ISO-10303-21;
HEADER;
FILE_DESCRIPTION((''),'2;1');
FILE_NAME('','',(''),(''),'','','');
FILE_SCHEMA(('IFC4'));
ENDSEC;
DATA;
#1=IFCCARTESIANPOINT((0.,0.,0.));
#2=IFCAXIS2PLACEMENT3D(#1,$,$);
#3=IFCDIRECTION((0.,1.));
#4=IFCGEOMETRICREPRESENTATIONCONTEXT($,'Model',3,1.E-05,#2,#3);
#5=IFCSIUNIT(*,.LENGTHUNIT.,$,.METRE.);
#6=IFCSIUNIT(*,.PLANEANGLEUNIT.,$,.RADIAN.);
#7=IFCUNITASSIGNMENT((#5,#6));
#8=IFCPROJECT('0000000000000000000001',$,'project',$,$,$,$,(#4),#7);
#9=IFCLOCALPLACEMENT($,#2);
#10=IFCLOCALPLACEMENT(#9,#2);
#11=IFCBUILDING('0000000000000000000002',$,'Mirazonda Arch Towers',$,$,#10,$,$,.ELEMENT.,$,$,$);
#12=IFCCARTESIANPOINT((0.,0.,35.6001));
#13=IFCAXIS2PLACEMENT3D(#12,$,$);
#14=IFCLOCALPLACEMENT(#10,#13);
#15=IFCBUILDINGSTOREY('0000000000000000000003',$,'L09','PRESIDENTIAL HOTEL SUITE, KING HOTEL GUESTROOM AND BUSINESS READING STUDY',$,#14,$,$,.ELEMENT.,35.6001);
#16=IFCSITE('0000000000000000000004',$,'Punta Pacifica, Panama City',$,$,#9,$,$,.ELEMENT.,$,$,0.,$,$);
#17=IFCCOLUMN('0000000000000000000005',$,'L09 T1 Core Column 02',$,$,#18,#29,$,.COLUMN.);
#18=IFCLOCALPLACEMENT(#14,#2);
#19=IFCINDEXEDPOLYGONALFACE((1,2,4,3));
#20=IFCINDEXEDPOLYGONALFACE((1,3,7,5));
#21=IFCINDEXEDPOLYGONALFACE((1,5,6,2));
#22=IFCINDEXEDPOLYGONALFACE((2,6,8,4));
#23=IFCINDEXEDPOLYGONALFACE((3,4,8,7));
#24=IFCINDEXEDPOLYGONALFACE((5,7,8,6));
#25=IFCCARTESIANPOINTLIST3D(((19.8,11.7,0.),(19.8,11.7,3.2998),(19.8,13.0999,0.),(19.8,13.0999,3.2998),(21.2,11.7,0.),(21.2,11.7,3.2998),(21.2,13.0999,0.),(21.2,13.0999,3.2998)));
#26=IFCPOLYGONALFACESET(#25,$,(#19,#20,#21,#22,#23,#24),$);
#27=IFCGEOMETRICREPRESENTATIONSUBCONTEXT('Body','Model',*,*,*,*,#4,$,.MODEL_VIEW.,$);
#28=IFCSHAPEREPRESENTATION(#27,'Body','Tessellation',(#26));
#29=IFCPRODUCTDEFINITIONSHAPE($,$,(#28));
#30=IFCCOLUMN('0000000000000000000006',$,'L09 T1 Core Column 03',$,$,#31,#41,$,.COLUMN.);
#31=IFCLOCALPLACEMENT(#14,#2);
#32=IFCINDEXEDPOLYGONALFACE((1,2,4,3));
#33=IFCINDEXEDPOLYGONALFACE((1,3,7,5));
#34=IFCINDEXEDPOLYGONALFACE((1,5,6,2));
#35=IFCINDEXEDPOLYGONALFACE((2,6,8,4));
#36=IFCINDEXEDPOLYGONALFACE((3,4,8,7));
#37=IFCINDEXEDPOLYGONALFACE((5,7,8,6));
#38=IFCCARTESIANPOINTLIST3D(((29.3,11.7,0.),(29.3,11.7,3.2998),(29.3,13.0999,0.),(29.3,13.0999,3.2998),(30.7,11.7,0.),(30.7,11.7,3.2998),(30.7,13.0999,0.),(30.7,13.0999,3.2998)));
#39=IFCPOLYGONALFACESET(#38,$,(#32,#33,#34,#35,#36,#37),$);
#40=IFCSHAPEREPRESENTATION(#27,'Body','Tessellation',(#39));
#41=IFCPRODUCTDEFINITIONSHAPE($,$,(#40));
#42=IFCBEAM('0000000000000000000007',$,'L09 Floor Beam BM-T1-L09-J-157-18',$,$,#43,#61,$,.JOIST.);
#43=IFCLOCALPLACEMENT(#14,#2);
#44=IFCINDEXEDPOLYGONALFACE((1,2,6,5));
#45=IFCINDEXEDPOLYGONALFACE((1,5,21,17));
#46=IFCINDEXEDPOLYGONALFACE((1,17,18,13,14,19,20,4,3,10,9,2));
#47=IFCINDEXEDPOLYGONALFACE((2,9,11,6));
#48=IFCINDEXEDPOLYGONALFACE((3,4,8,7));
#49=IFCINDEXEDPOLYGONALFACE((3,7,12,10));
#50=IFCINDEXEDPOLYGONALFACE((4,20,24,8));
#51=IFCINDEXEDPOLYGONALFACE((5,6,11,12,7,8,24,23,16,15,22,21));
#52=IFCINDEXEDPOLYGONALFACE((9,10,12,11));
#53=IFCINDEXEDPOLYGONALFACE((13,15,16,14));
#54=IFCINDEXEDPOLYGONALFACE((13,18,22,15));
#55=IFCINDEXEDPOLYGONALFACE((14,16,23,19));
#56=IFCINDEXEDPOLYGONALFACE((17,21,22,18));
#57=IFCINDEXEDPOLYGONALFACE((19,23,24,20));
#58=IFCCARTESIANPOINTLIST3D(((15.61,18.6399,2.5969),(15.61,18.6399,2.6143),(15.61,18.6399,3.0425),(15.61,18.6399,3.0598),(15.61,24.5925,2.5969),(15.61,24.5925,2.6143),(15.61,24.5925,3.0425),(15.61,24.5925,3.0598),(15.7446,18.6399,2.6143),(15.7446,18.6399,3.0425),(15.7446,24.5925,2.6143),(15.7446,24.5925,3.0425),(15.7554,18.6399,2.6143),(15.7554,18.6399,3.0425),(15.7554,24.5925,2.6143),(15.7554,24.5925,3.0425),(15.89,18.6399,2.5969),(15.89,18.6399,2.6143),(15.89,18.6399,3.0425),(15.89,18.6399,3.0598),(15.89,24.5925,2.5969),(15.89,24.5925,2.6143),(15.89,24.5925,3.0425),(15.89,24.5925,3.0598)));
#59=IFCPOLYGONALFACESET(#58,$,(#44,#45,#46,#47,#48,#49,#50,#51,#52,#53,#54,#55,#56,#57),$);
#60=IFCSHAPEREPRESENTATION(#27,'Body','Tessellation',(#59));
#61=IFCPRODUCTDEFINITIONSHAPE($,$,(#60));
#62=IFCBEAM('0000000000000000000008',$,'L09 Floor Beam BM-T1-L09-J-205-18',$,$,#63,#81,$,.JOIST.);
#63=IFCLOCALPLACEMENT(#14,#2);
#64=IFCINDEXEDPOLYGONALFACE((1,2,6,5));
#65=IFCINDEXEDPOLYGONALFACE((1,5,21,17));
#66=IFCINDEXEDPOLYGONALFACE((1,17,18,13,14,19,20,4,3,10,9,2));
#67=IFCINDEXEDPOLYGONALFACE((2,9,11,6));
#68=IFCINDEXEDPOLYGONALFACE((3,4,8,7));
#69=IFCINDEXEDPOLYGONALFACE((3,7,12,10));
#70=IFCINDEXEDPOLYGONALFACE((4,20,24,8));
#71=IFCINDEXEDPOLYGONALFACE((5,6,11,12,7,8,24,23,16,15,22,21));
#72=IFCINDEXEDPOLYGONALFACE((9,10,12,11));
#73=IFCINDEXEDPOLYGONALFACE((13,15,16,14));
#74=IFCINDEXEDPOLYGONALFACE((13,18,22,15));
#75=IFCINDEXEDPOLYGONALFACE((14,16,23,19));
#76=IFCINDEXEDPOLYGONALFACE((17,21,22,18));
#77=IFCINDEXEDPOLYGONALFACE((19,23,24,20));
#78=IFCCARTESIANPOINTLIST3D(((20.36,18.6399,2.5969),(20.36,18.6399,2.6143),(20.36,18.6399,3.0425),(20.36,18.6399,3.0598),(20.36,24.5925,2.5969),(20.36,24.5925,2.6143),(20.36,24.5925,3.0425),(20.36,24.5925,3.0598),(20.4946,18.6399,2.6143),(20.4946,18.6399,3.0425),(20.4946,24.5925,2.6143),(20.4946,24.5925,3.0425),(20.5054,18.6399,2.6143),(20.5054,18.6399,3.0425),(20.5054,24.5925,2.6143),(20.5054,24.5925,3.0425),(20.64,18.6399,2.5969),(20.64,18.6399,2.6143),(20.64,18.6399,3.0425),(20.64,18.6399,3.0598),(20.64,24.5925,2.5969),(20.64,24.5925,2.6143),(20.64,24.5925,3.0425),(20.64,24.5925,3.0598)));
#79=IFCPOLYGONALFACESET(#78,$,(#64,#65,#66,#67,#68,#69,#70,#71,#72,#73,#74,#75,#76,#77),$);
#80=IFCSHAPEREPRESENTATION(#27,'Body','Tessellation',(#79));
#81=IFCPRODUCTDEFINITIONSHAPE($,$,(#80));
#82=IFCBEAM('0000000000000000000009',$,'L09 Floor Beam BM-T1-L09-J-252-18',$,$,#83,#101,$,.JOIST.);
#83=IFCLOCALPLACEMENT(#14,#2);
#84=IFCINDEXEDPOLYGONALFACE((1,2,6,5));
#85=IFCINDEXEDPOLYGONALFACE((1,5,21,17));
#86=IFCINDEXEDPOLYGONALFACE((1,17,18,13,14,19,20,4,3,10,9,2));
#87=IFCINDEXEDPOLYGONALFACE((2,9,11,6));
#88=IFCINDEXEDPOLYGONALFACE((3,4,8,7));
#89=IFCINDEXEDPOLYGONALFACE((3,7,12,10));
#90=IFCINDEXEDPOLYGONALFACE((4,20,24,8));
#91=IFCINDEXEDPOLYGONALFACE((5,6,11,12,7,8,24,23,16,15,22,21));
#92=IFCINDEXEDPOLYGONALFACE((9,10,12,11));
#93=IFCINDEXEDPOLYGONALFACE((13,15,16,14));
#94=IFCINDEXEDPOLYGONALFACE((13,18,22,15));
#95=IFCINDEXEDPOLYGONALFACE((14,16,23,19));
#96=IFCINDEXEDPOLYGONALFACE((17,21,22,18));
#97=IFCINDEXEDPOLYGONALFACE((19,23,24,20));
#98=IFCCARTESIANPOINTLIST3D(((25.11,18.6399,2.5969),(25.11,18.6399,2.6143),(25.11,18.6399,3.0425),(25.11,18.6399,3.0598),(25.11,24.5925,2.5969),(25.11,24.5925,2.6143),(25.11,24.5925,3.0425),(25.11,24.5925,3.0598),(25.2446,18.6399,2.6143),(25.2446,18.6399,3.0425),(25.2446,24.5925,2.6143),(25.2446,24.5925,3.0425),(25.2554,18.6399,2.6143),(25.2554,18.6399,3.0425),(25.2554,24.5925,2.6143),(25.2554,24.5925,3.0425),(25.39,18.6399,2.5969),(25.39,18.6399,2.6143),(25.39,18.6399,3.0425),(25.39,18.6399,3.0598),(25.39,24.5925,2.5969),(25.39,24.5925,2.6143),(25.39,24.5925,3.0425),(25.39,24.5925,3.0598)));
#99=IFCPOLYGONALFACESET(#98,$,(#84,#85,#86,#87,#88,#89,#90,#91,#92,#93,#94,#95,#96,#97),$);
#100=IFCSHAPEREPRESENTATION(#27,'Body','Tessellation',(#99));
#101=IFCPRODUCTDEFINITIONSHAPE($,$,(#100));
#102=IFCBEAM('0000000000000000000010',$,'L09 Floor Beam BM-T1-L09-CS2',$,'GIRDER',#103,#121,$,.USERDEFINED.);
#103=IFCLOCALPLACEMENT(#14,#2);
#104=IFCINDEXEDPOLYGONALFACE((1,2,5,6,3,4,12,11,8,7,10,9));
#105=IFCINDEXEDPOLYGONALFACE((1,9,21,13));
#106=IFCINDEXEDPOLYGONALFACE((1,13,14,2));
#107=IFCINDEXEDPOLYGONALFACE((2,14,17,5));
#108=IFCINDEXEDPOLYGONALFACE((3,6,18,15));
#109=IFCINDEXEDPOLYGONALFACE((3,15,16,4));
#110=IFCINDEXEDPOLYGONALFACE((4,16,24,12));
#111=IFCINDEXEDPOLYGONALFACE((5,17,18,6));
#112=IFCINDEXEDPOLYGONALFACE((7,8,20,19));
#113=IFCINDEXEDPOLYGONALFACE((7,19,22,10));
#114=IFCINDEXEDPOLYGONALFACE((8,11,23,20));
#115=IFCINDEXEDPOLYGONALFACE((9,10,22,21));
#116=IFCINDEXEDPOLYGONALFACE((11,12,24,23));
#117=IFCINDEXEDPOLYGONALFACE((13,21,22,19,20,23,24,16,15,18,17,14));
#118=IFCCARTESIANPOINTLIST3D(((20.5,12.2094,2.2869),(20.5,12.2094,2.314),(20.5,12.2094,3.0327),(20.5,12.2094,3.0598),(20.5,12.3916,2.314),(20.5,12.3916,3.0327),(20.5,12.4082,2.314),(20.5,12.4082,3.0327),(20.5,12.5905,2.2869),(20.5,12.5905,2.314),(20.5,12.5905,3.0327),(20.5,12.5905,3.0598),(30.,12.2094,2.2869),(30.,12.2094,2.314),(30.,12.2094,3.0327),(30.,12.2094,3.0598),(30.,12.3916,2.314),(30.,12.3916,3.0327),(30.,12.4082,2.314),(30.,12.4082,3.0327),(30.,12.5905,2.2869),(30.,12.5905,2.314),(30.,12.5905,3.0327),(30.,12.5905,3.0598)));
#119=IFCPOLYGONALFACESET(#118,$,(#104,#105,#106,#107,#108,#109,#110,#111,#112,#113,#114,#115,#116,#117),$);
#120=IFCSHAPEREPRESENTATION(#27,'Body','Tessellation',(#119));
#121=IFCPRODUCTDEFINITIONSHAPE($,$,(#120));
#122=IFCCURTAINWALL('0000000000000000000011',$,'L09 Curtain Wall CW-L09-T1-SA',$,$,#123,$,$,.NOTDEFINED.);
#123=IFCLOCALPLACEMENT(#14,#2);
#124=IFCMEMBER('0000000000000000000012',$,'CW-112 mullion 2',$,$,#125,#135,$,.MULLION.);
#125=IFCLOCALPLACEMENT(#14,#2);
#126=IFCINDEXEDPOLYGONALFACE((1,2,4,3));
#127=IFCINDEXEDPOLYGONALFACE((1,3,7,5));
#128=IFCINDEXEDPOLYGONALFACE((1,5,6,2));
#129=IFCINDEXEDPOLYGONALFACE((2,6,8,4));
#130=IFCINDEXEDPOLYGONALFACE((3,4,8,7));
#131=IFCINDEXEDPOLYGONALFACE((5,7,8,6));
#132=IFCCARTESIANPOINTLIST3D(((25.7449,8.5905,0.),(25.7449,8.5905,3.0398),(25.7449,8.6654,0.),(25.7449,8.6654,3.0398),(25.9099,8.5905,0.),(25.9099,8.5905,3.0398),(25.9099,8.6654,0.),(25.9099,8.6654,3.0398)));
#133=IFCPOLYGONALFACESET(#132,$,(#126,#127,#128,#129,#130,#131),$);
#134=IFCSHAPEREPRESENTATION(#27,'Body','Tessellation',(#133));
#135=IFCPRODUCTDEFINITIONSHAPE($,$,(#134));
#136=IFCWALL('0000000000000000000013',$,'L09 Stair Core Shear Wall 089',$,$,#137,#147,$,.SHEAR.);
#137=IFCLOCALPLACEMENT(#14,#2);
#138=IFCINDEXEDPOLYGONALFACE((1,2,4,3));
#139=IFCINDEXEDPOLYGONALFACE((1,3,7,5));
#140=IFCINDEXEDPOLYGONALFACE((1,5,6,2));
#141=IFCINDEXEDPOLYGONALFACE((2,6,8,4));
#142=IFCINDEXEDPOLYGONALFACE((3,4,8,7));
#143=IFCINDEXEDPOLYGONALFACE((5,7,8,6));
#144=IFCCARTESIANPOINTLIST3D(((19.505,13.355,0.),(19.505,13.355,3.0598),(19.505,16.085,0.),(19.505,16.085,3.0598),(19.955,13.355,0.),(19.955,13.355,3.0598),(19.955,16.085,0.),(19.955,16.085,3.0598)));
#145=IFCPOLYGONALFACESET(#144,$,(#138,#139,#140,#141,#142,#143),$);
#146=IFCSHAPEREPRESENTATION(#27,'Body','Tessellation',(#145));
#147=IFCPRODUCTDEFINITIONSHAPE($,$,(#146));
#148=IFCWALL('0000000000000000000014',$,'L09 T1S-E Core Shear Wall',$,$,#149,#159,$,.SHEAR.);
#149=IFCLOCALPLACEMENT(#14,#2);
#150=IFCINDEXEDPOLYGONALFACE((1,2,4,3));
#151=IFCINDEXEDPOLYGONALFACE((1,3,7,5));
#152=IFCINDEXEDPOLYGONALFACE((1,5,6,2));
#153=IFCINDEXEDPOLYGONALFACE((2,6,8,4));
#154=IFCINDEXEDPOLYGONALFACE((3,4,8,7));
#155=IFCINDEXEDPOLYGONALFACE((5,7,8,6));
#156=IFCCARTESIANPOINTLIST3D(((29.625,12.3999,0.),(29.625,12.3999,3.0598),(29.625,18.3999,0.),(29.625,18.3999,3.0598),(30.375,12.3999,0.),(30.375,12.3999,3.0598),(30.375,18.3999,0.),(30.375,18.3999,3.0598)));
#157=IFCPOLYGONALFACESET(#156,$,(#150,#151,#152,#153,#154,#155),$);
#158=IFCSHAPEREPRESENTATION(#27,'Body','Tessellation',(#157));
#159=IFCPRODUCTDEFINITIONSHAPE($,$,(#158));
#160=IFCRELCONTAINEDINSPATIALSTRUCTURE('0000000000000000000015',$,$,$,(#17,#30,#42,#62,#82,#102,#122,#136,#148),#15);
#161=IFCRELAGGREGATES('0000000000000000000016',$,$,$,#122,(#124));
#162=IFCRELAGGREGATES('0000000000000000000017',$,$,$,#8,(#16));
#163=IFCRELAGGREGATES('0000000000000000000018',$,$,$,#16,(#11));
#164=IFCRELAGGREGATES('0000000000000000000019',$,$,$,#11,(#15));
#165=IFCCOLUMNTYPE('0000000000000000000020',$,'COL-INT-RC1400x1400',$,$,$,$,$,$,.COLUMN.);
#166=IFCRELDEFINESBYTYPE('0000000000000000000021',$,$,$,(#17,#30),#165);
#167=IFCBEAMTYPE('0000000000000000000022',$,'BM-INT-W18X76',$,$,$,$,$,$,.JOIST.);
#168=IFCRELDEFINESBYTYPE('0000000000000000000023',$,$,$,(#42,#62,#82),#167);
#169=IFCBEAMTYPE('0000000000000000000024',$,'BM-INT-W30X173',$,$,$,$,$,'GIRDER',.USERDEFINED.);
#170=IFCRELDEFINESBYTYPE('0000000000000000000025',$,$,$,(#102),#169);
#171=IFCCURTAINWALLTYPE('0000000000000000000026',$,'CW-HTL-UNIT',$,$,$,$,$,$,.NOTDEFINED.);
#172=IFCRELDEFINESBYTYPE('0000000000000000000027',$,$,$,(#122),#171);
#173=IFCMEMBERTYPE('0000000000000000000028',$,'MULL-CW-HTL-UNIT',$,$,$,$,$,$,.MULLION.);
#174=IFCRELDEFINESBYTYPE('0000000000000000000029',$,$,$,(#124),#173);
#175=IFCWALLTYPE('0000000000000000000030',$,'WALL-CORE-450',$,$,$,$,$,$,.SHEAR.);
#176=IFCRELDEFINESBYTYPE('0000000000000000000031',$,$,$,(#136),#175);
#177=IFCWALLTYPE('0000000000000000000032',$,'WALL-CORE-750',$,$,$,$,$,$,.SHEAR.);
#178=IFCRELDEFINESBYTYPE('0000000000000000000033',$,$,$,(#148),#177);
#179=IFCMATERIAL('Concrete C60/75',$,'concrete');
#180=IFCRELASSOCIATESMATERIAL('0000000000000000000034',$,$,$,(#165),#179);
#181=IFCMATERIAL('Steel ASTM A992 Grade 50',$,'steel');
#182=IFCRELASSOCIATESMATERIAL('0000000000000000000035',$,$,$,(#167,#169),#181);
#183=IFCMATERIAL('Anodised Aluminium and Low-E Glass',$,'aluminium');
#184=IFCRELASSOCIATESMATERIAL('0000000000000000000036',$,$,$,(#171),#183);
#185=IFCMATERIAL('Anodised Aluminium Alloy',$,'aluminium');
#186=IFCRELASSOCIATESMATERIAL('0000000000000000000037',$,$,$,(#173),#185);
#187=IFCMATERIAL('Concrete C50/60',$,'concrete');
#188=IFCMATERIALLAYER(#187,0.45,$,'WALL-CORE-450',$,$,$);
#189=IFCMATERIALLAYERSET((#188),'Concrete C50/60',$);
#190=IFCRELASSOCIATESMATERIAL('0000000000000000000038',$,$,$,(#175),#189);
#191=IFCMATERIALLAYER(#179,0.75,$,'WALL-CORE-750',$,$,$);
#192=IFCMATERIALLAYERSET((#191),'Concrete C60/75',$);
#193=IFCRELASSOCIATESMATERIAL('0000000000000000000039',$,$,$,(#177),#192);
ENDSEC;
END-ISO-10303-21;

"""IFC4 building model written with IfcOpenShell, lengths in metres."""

from ifc_helpers import new_model, si_unit, direction, frame, frame_2d, origin, origin_2d, place, context, subcontext, project, spatial, rectangle, i_section, extrude, material, layer, layer_set, material_profile, profile_set, type_object, element, aggregate, save


model = new_model("IFC4")

# Units and contexts
model_context = context("Model", 3, precision=1e-05, world=origin(), true_north=direction((0.0, 1.0)))
body_context = subcontext(model_context, "Body", "Model", "MODEL_VIEW")
ifc_project = project(units=[si_unit("LENGTHUNIT", "METRE"), si_unit("PLANEANGLEUNIT", "RADIAN")], contexts=[model_context])

# Site, building, storey
site_placement = place(None, origin())
site = spatial("IfcSite", under=ifc_project, at=site_placement, Name="Punta Pacifica, Panama City", CompositionType="ELEMENT", RefElevation=0.0)
building_placement = place(site_placement, origin())
building = spatial("IfcBuilding", under=site, at=building_placement, Name="Mirazonda Arch Towers", CompositionType="ELEMENT")
storey_placement = place(building_placement, frame((0.0, 0.0, 35.6001)))
storey = spatial("IfcBuildingStorey", under=building, at=storey_placement, Name="L09", Description="PRESIDENTIAL HOTEL SUITE, KING HOTEL GUESTROOM AND BUSINESS READING STUDY", CompositionType="ELEMENT", Elevation=35.6001)

# Columns
ifc_material_1 = material(Name="Concrete C60/75", Category="concrete")
ifc_material_profile_1 = material_profile(ifc_material_1, rectangle(XDim=1.3999, YDim=1.3999, at=origin_2d()), Name="RC1400x1400")
ifc_profile_set_1 = profile_set([ifc_material_profile_1], Name="Concrete C60/75")
column_type = type_object("IfcColumnType", Name="COL-INT-RC1400x1400", PredefinedType="COLUMN", material=ifc_profile_set_1)
for number, where, z_axis, x_axis, name in (
    (1, (20.5, 12.3999, 0.0), (0.0, 0.0, 1.0), (1.0, 0.0, 0.0), "L09 T1 Core Column 02"),
    (2, (30.0, 12.3999, 0.0), (0.0, 0.0, 1.0), (1.0, 0.0, 0.0), "L09 T1 Core Column 03"),
):
    element("IfcColumn", number, at=place(storey_placement, frame(where, z_axis=z_axis, x_axis=x_axis)), inside=storey, type_object=column_type, Name=name, PredefinedType="COLUMN", context=body_context, shape_type="SweptSolid", body=[
        extrude(rectangle(XDim=1.3999, YDim=1.3999, at=origin_2d()), origin(), (0.0, 0.0, 1.0), 3.2998),
    ])

# Beams
ifc_material_2 = material(Name="Steel ASTM A992 Grade 50", Category="steel")
ifc_material_profile_2 = material_profile(ifc_material_2, i_section(OverallWidth=0.28, OverallDepth=0.4629, WebThickness=0.0107, FlangeThickness=0.0173, at=origin_2d()), Name="W18X76")
ifc_profile_set_2 = profile_set([ifc_material_profile_2], Name="Steel ASTM A992 Grade 50")
beam_type_1 = type_object("IfcBeamType", Name="BM-INT-W18X76", PredefinedType="JOIST", material=ifc_profile_set_2)
for number, where, z_axis, x_axis, name in (
    (3, (15.75, 18.6399, 2.8284), (0.0, 1.0, 0.0), (-1.0, 0.0, 0.0), "L09 Floor Beam BM-T1-L09-J-157-18"),
    (4, (20.5, 18.6399, 2.8284), (0.0, 1.0, 0.0), (-1.0, 0.0, 0.0), "L09 Floor Beam BM-T1-L09-J-205-18"),
    (5, (25.25, 18.6399, 2.8284), (0.0, 1.0, 0.0), (-1.0, 0.0, 0.0), "L09 Floor Beam BM-T1-L09-J-252-18"),
):
    element("IfcBeam", number, at=place(storey_placement, frame(where, z_axis=z_axis, x_axis=x_axis)), inside=storey, type_object=beam_type_1, Name=name, PredefinedType="JOIST", context=body_context, shape_type="SweptSolid", body=[
        extrude(i_section(OverallWidth=0.28, OverallDepth=0.4629, WebThickness=0.0107, FlangeThickness=0.0173, at=origin_2d()), origin(), (0.0, 0.0, 1.0), 5.9526),
    ])
ifc_material_profile_3 = material_profile(ifc_material_2, i_section(OverallWidth=0.3811, OverallDepth=0.7729, WebThickness=0.0166, FlangeThickness=0.0271, at=origin_2d()), Name="W30X173")
ifc_profile_set_3 = profile_set([ifc_material_profile_3], Name="Steel ASTM A992 Grade 50")
beam_type_2 = type_object("IfcBeamType", Name="BM-INT-W30X173", ElementType="GIRDER", PredefinedType="USERDEFINED", material=ifc_profile_set_3)
beam_placement = place(storey_placement, frame((20.5, 12.3999, 2.6733), z_axis=(1.0, 0.0, 0.0), x_axis=(0.0, 1.0, 0.0)))
element("IfcBeam", 6, at=beam_placement, inside=storey, type_object=beam_type_2, Name="L09 Floor Beam BM-T1-L09-CS2", ObjectType="GIRDER", PredefinedType="USERDEFINED", context=body_context, shape_type="SweptSolid", body=[
    extrude(i_section(OverallWidth=0.3811, OverallDepth=0.7729, WebThickness=0.0166, FlangeThickness=0.0271, at=origin_2d()), origin(), (0.0, 0.0, 1.0), 9.5),
])

# Curtain wall, member
ifc_material_3 = material(Name="Anodised Aluminium and Low-E Glass", Category="aluminium")
curtain_wall_type = type_object("IfcCurtainWallType", Name="CW-HTL-UNIT", PredefinedType="NOTDEFINED", material=ifc_material_3)
curtain_wall_placement = place(storey_placement, origin())
curtain_wall = element("IfcCurtainWall", 7, at=curtain_wall_placement, inside=storey, type_object=curtain_wall_type, Name="L09 Curtain Wall CW-L09-T1-SA", PredefinedType="NOTDEFINED")
ifc_material_4 = material(Name="Anodised Aluminium Alloy", Category="aluminium")
ifc_material_profile_4 = material_profile(ifc_material_4, rectangle(XDim=0.075, YDim=0.165, at=origin_2d()), Name="ALU-MULL-75x165")
ifc_profile_set_4 = profile_set([ifc_material_profile_4], Name="Anodised Aluminium Alloy")
member_type = type_object("IfcMemberType", Name="MULL-CW-HTL-UNIT", PredefinedType="MULLION", material=ifc_profile_set_4)
member_placement = place(storey_placement, frame((25.8274, 8.6279, 0.0), z_axis=(0.0, 0.0, 1.0), x_axis=(0.0, -1.0, 0.0)))
member = element("IfcMember", 8, at=member_placement, type_object=member_type, Name="CW-112 mullion 2", PredefinedType="MULLION", context=body_context, shape_type="SweptSolid", body=[
    extrude(rectangle(XDim=0.075, YDim=0.165, at=origin_2d()), origin(), (0.0, 0.0, 1.0), 3.0398),
])
aggregate(curtain_wall, [member])

# Walls
ifc_material_5 = material(Name="Concrete C50/60", Category="concrete")
ifc_layer_1 = layer(ifc_material_5, 0.45, Name="WALL-CORE-450")
ifc_layer_set_1 = layer_set([ifc_layer_1], Name="Concrete C50/60")
wall_type_1 = type_object("IfcWallType", Name="WALL-CORE-450", PredefinedType="SHEAR", material=ifc_layer_set_1)
wall_1_placement = place(storey_placement, frame((19.73, 13.355, 0.0), z_axis=(0.0, 0.0, 1.0), x_axis=(0.0, 1.0, 0.0)))
element("IfcWall", 9, at=wall_1_placement, inside=storey, type_object=wall_type_1, Name="L09 Stair Core Shear Wall 089", PredefinedType="SHEAR", context=body_context, shape_type="SweptSolid", body=[
    extrude(rectangle(XDim=2.73, YDim=0.45, at=frame_2d((1.365, 0.0))), origin(), (0.0, 0.0, 1.0), 3.0598),
])
ifc_layer_2 = layer(ifc_material_1, 0.75, Name="WALL-CORE-750")
ifc_layer_set_2 = layer_set([ifc_layer_2], Name="Concrete C60/75")
wall_type_2 = type_object("IfcWallType", Name="WALL-CORE-750", PredefinedType="SHEAR", material=ifc_layer_set_2)
wall_2_placement = place(storey_placement, frame((30.0, 12.3999, 0.0), z_axis=(0.0, 0.0, 1.0), x_axis=(0.0, 1.0, 0.0)))
element("IfcWall", 10, at=wall_2_placement, inside=storey, type_object=wall_type_2, Name="L09 T1S-E Core Shear Wall", PredefinedType="SHEAR", context=body_context, shape_type="SweptSolid", body=[
    extrude(rectangle(XDim=6.0, YDim=0.75, at=frame_2d((3.0, 0.0))), origin(), (0.0, 0.0, 1.0), 3.0598),
])

save(model, "model.ifc")
